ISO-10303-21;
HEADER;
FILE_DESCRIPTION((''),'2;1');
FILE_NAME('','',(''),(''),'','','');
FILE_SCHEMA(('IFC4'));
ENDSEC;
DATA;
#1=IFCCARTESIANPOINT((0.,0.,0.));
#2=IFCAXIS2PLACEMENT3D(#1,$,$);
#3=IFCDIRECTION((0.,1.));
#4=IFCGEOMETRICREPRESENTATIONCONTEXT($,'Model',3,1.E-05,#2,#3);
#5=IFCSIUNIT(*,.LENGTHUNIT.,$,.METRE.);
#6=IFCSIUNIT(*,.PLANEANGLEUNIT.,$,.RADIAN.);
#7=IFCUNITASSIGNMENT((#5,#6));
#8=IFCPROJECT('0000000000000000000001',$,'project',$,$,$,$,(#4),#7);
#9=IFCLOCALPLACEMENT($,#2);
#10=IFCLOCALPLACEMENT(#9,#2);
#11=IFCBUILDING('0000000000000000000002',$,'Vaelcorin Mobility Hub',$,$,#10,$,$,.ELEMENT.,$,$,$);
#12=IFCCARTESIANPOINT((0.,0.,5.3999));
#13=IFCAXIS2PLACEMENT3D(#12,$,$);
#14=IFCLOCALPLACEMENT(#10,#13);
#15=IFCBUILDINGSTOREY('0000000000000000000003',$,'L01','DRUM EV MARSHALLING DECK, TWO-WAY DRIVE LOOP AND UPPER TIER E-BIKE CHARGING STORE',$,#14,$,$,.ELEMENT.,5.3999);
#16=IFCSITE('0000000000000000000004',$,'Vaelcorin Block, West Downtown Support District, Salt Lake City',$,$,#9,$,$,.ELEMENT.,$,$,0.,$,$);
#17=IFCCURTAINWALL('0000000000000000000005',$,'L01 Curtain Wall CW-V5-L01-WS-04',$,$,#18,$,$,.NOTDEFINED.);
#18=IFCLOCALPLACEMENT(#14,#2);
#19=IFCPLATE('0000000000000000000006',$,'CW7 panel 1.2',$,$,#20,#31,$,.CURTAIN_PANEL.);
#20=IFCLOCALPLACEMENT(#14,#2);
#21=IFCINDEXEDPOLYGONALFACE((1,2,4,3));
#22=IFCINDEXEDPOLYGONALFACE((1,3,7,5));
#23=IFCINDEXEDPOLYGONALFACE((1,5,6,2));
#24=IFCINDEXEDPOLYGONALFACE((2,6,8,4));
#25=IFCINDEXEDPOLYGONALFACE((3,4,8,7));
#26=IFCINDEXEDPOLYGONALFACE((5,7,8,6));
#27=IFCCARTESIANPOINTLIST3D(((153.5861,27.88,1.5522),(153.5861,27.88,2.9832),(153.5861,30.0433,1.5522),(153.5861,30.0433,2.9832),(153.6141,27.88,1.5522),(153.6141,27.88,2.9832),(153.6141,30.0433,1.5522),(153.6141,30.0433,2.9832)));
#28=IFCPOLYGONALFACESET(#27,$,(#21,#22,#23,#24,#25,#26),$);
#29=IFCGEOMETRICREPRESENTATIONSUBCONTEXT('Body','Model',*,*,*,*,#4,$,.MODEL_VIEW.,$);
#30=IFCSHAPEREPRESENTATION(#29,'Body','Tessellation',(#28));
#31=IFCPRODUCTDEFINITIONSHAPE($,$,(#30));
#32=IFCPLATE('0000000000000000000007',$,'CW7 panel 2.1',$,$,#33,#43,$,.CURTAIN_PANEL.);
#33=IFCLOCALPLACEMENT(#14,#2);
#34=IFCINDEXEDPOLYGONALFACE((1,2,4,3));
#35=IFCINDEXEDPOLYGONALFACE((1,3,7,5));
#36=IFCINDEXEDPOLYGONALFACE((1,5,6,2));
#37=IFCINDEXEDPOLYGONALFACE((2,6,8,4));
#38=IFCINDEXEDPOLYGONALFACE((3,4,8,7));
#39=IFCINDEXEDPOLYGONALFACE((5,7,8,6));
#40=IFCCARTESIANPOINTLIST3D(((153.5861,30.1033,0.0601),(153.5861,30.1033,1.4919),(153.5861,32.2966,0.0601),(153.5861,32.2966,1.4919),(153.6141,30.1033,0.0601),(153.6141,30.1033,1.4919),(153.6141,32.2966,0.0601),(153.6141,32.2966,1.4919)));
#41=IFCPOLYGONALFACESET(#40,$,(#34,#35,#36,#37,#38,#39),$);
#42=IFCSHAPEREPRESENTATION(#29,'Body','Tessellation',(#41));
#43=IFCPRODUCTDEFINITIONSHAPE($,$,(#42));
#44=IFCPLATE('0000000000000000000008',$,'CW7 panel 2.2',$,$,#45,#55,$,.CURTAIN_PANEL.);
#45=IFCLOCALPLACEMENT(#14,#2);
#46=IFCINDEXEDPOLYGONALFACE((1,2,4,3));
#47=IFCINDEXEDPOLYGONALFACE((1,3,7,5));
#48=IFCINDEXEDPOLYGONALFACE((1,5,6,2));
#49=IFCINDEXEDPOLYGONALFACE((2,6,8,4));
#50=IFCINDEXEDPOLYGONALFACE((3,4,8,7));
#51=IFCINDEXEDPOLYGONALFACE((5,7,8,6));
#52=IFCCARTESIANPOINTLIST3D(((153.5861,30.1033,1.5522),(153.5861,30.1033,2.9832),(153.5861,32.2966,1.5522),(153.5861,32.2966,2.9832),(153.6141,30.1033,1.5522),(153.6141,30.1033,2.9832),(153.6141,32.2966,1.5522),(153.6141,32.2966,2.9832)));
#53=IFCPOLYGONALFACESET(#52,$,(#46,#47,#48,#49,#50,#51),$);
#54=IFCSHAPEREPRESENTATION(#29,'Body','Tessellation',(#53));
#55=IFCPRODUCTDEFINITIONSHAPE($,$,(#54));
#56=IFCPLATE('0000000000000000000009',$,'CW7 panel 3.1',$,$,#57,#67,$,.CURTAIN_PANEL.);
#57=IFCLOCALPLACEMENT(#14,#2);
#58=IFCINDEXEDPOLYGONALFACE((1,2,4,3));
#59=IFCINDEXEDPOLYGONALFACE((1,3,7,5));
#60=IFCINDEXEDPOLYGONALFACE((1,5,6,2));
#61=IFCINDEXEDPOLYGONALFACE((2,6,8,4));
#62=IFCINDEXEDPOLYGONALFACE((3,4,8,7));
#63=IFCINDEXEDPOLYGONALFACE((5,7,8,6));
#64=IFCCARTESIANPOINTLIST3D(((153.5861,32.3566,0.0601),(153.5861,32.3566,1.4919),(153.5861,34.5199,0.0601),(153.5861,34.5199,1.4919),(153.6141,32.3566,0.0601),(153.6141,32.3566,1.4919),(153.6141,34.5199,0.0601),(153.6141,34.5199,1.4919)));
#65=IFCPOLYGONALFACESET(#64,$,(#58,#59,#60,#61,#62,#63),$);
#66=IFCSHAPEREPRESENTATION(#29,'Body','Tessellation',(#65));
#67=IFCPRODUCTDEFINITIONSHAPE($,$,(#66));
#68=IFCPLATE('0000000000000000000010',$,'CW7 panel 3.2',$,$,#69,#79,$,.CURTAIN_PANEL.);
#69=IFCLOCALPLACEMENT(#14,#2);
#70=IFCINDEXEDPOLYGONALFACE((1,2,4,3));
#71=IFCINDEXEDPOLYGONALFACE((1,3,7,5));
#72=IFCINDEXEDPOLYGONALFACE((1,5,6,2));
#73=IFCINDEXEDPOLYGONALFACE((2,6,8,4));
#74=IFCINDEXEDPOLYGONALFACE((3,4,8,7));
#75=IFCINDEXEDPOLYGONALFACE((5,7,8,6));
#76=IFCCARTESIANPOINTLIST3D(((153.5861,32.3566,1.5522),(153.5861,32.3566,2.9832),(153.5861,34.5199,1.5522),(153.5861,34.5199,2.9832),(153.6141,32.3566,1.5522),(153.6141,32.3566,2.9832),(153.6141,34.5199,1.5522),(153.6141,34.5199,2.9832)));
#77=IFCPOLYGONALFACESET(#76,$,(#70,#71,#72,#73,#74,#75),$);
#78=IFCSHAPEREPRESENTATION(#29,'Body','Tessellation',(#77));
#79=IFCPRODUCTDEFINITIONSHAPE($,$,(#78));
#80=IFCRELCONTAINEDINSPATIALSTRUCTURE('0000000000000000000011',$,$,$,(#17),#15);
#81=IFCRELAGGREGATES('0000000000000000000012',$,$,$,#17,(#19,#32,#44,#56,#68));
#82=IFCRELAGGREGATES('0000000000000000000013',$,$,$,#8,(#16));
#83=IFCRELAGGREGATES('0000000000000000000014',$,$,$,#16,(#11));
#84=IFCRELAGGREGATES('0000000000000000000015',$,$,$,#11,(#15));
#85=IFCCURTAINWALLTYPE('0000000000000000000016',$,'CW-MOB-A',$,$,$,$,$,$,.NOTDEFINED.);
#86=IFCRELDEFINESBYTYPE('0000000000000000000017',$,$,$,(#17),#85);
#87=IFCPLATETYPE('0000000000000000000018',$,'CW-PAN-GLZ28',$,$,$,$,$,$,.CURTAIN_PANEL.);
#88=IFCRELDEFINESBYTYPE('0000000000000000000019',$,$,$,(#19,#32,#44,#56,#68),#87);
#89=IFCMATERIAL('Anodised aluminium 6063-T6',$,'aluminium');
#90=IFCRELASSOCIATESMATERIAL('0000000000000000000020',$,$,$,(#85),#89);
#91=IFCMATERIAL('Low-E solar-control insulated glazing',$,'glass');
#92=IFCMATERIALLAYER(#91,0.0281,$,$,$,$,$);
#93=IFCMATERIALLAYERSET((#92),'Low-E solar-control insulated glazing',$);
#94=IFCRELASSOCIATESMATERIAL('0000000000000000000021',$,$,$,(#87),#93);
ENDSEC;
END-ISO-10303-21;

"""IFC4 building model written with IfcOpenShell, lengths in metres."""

from ifc_helpers import new_model, si_unit, direction, frame, origin, origin_2d, place, context, subcontext, project, spatial, rectangle, extrude, material, layer, layer_set, type_object, element, aggregate, save


model = new_model("IFC4")

# Units and contexts
model_context = context("Model", 3, precision=1e-05, world=origin(), true_north=direction((0.0, 1.0)))
body_context = subcontext(model_context, "Body", "Model", "MODEL_VIEW")
ifc_project = project(units=[si_unit("LENGTHUNIT", "METRE"), si_unit("PLANEANGLEUNIT", "RADIAN")], contexts=[model_context])

# Site, building, storey
site_placement = place(None, origin())
site = spatial("IfcSite", under=ifc_project, at=site_placement, Name="Vaelcorin Block, West Downtown Support District, Salt Lake City", CompositionType="ELEMENT", RefElevation=0.0)
building_placement = place(site_placement, origin())
building = spatial("IfcBuilding", under=site, at=building_placement, Name="Vaelcorin Mobility Hub", CompositionType="ELEMENT")
storey_placement = place(building_placement, frame((0.0, 0.0, 5.3999)))
storey = spatial("IfcBuildingStorey", under=building, at=storey_placement, Name="L01", Description="DRUM EV MARSHALLING DECK, TWO-WAY DRIVE LOOP AND UPPER TIER E-BIKE CHARGING STORE", CompositionType="ELEMENT", Elevation=5.3999)

# Shared definitions
ifc_material_1 = material(Name="Anodised aluminium 6063-T6", Category="aluminium")
curtain_wall_type = type_object("IfcCurtainWallType", Name="CW-MOB-A", PredefinedType="NOTDEFINED", material=ifc_material_1)

# Curtain wall
curtain_wall_1_placement = place(storey_placement, origin())
curtain_wall_1 = element("IfcCurtainWall", 1, at=curtain_wall_1_placement, inside=storey, type_object=curtain_wall_type, Name="L01 Curtain Wall CW-V5-L01-WS-04", PredefinedType="NOTDEFINED")

# Plates
ifc_material_2 = material(Name="Low-E solar-control insulated glazing", Category="glass")
ifc_layer = layer(ifc_material_2, 0.0281)
ifc_layer_set = layer_set([ifc_layer], Name="Low-E solar-control insulated glazing")
plate_type = type_object("IfcPlateType", Name="CW-PAN-GLZ28", PredefinedType="CURTAIN_PANEL", material=ifc_layer_set)
plate_1_placement = place(storey_placement, frame((153.6001, 28.9617, 1.5522), z_axis=(0.0, 0.0, 1.0), x_axis=(0.0, 1.0, 0.0)))
plate_1 = element("IfcPlate", 2, at=plate_1_placement, type_object=plate_type, Name="CW7 panel 1.2", PredefinedType="CURTAIN_PANEL", context=body_context, shape_type="SweptSolid", body=[
    extrude(rectangle(XDim=2.1633, YDim=0.0281, at=origin_2d()), origin(), (0.0, 0.0, 1.0), 1.4309),
])
plate_2_placement = place(storey_placement, frame((153.6001, 31.2, 0.0601), z_axis=(0.0, 0.0, 1.0), x_axis=(0.0, 1.0, 0.0)))
plate_2 = element("IfcPlate", 3, at=plate_2_placement, type_object=plate_type, Name="CW7 panel 2.1", PredefinedType="CURTAIN_PANEL", context=body_context, shape_type="SweptSolid", body=[
    extrude(rectangle(XDim=2.1934, YDim=0.0281, at=origin_2d()), origin(), (0.0, 0.0, 1.0), 1.4319),
])
plate_3_placement = place(storey_placement, frame((153.6001, 31.2, 1.5522), z_axis=(0.0, 0.0, 1.0), x_axis=(0.0, 1.0, 0.0)))
plate_3 = element("IfcPlate", 4, at=plate_3_placement, type_object=plate_type, Name="CW7 panel 2.2", PredefinedType="CURTAIN_PANEL", context=body_context, shape_type="SweptSolid", body=[
    extrude(rectangle(XDim=2.1934, YDim=0.0281, at=origin_2d()), origin(), (0.0, 0.0, 1.0), 1.4309),
])
plate_4_placement = place(storey_placement, frame((153.6001, 33.4382, 0.0601), z_axis=(0.0, 0.0, 1.0), x_axis=(0.0, 1.0, 0.0)))
plate_4 = element("IfcPlate", 5, at=plate_4_placement, type_object=plate_type, Name="CW7 panel 3.1", PredefinedType="CURTAIN_PANEL", context=body_context, shape_type="SweptSolid", body=[
    extrude(rectangle(XDim=2.1633, YDim=0.0281, at=origin_2d()), origin(), (0.0, 0.0, 1.0), 1.4319),
])
plate_5_placement = place(storey_placement, frame((153.6001, 33.4382, 1.5522), z_axis=(0.0, 0.0, 1.0), x_axis=(0.0, 1.0, 0.0)))
plate_5 = element("IfcPlate", 6, at=plate_5_placement, type_object=plate_type, Name="CW7 panel 3.2", PredefinedType="CURTAIN_PANEL", context=body_context, shape_type="SweptSolid", body=[
    extrude(rectangle(XDim=2.1633, YDim=0.0281, at=origin_2d()), origin(), (0.0, 0.0, 1.0), 1.4309),
])
aggregate(curtain_wall_1, [plate_1, plate_2, plate_3, plate_4, plate_5])

save(model, "model.ifc")
